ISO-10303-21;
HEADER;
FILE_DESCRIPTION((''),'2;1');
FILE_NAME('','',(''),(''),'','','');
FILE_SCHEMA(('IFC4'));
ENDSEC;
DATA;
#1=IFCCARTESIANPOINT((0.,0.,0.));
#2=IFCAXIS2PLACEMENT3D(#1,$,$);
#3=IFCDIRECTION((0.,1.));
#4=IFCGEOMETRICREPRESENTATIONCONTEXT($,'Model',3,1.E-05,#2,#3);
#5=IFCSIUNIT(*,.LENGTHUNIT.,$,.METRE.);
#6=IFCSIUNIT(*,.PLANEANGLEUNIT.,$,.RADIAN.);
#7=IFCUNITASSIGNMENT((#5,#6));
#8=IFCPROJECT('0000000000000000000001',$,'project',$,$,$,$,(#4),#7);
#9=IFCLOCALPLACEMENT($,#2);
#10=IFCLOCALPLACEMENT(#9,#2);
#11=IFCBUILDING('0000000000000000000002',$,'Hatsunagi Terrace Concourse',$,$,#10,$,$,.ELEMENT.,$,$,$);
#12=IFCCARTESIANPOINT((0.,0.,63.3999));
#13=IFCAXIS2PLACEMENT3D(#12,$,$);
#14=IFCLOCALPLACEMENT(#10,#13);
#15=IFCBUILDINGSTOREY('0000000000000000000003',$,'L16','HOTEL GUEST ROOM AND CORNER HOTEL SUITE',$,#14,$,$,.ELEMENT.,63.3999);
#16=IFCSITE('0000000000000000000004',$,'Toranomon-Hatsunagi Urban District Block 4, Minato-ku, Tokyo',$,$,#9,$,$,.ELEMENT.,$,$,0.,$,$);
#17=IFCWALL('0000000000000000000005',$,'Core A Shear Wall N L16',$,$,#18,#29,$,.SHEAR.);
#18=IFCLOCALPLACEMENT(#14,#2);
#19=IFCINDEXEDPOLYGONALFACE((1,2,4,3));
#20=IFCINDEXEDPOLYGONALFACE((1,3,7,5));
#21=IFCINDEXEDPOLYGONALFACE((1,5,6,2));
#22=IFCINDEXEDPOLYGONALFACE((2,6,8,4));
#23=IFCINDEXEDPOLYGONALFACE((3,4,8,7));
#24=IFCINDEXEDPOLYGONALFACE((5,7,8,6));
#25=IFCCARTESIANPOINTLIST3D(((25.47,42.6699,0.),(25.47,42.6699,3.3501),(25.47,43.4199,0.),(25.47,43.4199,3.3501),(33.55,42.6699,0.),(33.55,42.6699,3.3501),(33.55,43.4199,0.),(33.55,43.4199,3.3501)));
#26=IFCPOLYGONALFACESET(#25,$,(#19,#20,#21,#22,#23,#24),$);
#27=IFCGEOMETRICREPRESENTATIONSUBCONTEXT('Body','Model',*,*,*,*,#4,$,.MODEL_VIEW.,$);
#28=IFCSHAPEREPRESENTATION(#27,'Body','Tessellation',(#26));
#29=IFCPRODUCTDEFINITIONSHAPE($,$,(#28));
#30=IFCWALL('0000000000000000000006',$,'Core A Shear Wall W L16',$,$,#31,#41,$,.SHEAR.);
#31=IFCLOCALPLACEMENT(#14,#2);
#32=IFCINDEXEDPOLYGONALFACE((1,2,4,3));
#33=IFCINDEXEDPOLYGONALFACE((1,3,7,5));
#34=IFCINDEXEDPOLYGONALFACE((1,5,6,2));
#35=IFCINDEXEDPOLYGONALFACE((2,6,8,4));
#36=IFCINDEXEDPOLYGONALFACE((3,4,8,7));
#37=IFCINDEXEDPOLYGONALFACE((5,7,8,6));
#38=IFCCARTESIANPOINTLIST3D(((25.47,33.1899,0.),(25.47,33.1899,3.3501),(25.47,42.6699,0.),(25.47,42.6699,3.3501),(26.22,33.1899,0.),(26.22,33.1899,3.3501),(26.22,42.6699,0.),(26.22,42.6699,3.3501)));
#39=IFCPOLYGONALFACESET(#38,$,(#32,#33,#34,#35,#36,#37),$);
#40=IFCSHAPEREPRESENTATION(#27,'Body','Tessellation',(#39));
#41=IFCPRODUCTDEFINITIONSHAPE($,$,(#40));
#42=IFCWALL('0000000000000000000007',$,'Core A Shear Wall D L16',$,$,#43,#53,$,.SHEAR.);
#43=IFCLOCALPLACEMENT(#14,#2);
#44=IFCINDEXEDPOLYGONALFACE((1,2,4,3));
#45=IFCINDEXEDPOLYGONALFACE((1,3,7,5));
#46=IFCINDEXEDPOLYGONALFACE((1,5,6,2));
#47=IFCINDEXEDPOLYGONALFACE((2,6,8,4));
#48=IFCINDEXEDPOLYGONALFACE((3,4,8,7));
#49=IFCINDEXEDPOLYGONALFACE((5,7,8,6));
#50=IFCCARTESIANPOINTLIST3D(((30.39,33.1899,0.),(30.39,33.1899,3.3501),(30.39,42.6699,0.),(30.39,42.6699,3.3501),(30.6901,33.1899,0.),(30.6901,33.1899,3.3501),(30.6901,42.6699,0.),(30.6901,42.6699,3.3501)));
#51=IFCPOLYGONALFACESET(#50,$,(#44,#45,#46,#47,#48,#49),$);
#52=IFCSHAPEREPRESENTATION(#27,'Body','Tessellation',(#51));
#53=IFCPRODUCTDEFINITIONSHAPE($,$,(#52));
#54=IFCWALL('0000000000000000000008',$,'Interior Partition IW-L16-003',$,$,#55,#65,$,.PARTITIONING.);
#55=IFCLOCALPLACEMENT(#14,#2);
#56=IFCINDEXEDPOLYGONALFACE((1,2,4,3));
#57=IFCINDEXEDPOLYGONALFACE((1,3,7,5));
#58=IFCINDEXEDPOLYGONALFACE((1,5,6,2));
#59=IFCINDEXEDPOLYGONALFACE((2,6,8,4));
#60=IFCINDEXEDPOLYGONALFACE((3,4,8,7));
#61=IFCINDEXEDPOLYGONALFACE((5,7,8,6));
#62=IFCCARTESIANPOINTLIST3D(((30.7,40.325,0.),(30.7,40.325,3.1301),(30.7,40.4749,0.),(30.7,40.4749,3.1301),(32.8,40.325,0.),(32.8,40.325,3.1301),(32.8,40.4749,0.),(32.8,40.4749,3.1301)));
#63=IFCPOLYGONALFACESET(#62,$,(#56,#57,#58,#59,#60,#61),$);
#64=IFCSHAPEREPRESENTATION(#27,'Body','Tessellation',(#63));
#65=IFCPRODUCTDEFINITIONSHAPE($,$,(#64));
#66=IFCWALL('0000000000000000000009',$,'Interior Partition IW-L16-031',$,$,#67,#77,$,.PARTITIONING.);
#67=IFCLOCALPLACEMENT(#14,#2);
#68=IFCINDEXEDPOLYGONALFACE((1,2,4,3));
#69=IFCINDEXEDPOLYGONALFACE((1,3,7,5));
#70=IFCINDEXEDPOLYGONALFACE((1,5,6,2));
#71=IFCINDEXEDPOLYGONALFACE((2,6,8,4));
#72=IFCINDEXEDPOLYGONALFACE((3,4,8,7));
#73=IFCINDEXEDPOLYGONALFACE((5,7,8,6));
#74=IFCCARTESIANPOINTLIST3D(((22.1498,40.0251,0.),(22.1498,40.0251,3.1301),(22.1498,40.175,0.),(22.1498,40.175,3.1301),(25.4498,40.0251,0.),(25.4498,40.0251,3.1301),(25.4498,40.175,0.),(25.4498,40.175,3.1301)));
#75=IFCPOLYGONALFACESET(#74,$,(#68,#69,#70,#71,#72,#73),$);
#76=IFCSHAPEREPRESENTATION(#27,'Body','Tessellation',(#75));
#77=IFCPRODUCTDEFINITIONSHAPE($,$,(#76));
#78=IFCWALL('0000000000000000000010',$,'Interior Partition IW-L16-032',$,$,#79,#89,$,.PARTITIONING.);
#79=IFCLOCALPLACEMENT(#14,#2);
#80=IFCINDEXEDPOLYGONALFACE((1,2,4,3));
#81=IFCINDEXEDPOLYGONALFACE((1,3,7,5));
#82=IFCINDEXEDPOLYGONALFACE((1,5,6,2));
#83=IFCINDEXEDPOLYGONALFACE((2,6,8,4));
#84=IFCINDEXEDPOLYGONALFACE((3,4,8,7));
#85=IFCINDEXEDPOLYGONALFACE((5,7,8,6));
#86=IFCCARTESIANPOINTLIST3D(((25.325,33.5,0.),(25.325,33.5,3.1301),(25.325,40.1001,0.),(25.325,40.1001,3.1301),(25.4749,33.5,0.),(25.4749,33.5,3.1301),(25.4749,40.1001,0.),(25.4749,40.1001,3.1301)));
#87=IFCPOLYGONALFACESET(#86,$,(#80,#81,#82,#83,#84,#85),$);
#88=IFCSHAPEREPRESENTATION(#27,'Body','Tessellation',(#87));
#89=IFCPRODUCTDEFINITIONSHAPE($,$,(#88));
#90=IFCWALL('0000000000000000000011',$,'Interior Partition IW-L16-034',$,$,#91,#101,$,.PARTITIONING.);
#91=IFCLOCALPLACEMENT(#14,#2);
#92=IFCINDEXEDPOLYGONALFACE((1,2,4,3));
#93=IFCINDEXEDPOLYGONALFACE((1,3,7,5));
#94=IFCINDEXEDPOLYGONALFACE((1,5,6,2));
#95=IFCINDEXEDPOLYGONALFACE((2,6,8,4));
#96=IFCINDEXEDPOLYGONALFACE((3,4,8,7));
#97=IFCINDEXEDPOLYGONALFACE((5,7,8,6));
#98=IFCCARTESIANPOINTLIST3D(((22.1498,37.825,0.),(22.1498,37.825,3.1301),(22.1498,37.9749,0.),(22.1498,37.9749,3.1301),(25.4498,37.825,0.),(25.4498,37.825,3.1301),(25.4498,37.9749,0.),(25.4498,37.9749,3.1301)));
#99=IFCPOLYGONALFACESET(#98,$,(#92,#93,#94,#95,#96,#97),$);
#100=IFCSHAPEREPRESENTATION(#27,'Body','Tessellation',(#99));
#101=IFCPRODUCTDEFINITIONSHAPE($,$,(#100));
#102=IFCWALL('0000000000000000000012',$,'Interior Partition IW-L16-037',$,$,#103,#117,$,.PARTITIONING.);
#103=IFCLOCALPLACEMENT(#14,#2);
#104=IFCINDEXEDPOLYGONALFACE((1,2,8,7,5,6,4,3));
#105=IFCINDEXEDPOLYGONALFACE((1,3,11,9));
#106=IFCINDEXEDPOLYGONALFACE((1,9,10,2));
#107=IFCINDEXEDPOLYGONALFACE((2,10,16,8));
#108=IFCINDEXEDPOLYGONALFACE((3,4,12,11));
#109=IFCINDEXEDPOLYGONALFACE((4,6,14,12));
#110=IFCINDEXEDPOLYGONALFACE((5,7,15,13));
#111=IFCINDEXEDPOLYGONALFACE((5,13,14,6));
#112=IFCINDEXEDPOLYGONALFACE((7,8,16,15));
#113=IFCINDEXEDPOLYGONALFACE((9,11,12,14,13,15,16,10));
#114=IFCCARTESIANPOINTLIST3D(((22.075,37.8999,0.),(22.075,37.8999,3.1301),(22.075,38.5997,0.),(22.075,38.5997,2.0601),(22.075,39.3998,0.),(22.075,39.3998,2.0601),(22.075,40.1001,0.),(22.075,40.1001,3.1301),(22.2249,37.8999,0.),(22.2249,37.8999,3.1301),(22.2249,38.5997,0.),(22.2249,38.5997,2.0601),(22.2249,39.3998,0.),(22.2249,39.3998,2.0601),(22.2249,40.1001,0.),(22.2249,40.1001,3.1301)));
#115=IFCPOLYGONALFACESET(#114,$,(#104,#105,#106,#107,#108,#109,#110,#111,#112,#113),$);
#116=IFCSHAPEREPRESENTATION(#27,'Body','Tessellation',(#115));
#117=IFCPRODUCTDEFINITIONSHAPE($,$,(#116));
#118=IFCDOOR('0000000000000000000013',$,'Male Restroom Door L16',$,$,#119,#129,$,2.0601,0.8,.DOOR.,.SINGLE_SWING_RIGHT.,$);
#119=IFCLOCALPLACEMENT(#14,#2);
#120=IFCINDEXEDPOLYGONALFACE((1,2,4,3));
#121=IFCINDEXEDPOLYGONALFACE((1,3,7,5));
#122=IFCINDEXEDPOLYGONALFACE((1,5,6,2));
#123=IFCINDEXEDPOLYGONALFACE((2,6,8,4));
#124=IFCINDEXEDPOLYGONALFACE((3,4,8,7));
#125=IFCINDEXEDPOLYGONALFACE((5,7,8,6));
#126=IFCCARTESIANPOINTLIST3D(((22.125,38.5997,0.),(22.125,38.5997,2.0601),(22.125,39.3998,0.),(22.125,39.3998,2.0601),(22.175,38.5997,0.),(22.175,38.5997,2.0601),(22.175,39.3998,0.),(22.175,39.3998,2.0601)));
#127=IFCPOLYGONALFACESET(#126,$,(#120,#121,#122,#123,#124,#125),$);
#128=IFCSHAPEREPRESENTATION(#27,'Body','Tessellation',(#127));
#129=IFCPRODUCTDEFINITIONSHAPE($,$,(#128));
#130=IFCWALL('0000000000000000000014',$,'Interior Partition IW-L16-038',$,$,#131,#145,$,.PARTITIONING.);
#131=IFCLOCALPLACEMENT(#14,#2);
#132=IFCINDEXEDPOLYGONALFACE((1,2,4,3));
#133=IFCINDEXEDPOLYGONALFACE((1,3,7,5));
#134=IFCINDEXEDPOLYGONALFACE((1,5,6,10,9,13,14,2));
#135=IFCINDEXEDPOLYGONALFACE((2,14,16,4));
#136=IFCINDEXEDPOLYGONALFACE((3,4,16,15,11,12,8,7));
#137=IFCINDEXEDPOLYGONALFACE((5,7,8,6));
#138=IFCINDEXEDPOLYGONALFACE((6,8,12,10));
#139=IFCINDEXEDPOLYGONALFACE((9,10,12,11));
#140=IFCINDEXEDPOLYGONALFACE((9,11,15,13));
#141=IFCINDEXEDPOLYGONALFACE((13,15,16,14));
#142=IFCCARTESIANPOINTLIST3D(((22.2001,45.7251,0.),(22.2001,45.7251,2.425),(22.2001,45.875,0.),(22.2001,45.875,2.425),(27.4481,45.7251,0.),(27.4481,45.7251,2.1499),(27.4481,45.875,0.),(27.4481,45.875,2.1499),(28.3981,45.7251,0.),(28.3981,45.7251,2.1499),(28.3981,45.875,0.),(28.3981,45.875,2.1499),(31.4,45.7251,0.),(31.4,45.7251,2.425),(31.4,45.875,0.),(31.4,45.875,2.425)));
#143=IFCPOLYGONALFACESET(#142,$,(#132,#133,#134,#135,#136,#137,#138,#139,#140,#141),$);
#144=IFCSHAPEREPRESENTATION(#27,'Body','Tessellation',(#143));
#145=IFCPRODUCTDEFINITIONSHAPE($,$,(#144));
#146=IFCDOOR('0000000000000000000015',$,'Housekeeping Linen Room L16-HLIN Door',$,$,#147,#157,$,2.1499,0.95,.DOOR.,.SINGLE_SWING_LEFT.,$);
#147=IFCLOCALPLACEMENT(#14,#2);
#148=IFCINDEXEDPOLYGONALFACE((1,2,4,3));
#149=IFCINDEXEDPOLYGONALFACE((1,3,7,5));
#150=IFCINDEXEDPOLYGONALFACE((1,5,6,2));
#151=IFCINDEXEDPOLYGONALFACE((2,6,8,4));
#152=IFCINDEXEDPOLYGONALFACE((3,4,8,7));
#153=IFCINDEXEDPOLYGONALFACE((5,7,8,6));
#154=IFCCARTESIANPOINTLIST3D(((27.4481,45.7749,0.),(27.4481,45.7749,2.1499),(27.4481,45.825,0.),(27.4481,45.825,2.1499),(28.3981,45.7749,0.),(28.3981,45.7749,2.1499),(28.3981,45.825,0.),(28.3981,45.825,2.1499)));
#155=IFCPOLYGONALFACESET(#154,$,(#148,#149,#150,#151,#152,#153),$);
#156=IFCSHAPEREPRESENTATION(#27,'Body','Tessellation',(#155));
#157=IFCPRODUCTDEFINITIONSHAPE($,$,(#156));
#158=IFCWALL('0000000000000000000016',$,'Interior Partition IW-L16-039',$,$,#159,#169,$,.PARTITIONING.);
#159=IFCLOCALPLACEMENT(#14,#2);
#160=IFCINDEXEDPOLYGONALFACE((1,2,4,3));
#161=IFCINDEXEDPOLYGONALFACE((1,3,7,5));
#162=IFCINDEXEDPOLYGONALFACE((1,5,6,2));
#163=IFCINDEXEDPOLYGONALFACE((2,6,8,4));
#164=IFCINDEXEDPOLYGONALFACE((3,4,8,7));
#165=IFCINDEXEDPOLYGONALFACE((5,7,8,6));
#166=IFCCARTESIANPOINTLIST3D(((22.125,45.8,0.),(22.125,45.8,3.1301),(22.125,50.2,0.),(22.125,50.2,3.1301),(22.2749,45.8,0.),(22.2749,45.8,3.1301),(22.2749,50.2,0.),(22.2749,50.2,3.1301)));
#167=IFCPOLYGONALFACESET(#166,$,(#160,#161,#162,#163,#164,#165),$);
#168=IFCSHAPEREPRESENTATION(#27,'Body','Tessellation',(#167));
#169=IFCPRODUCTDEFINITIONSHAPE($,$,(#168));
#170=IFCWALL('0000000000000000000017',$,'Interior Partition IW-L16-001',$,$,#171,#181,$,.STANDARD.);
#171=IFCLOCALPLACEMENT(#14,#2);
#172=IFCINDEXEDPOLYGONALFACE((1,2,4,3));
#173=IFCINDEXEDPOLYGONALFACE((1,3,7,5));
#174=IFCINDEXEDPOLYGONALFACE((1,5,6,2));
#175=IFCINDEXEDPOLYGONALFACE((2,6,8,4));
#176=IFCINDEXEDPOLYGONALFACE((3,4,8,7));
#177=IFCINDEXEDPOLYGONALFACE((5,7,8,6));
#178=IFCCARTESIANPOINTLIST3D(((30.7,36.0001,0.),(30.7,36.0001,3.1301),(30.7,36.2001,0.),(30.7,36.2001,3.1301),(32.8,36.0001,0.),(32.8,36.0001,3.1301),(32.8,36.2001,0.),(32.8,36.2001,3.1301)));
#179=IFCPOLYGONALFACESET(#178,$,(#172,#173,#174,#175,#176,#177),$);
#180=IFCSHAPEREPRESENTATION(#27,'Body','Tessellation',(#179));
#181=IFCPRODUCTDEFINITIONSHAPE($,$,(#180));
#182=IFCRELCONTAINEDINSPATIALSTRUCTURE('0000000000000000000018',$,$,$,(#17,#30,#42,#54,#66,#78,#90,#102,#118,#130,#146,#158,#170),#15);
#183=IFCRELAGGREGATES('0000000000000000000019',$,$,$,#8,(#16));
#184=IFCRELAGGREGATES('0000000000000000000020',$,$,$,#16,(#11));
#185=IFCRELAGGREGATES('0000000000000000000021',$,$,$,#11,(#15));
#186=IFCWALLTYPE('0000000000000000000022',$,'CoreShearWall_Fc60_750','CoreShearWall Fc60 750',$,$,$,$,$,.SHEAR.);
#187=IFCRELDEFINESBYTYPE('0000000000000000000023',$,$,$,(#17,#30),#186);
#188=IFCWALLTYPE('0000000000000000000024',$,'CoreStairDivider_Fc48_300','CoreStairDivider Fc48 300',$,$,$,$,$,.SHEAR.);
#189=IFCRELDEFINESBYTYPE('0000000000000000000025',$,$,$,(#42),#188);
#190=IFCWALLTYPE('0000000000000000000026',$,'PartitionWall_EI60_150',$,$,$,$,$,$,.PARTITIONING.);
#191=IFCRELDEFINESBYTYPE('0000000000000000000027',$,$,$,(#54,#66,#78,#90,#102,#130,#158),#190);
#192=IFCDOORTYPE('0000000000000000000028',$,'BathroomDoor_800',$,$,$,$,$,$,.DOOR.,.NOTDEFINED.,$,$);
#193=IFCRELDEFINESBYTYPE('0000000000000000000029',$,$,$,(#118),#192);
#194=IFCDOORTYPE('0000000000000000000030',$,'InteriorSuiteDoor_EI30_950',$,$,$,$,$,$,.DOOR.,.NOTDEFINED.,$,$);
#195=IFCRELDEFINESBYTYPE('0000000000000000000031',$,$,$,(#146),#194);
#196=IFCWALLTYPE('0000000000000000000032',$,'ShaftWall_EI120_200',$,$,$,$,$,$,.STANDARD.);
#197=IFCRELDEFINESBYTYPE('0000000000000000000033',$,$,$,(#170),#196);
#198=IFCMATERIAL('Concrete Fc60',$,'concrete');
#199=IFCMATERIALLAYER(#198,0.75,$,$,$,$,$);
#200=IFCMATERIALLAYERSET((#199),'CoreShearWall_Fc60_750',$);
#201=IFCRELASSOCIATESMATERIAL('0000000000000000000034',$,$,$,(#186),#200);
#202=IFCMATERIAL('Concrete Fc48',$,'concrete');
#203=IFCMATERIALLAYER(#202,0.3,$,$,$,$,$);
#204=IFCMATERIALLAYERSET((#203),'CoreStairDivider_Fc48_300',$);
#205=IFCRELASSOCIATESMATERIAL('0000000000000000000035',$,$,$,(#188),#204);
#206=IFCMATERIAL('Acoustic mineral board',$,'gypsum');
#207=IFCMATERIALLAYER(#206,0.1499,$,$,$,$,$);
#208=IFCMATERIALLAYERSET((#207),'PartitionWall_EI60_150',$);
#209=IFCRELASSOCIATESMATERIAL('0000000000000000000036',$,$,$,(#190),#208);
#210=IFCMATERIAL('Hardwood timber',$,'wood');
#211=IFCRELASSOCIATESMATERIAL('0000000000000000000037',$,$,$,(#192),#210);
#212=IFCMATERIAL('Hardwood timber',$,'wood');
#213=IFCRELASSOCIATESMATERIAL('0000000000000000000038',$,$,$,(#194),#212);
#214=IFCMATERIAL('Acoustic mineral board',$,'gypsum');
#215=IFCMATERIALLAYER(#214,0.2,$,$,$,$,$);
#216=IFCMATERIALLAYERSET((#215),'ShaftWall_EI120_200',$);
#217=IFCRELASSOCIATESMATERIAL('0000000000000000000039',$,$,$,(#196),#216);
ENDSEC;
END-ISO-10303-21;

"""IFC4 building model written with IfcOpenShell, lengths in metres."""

from ifc_helpers import new_model, si_unit, direction, frame, frame_2d, origin, place, context, subcontext, project, spatial, rectangle, extrude, material, layer, layer_set, type_object, element, fill, save


model = new_model("IFC4")

# Units and contexts
model_context = context("Model", 3, precision=1e-05, world=origin(), true_north=direction((0.0, 1.0)))
body_context = subcontext(model_context, "Body", "Model", "MODEL_VIEW")
ifc_project = project(units=[si_unit("LENGTHUNIT", "METRE"), si_unit("PLANEANGLEUNIT", "RADIAN")], contexts=[model_context])

# Site, building, storey
site_placement = place(None, origin())
site = spatial("IfcSite", under=ifc_project, at=site_placement, Name="Toranomon-Hatsunagi Urban District Block 4, Minato-ku, Tokyo", CompositionType="ELEMENT", RefElevation=0.0)
building_placement = place(site_placement, origin())
building = spatial("IfcBuilding", under=site, at=building_placement, Name="Hatsunagi Terrace Concourse", CompositionType="ELEMENT")
storey_placement = place(building_placement, frame((0.0, 0.0, 63.3999)))
storey = spatial("IfcBuildingStorey", under=building, at=storey_placement, Name="L16", Description="HOTEL GUEST ROOM AND CORNER HOTEL SUITE", CompositionType="ELEMENT", Elevation=63.3999)

# Walls
ifc_material_1 = material(Name="Concrete Fc60", Category="concrete")
ifc_layer_1 = layer(ifc_material_1, 0.75)
ifc_layer_set_1 = layer_set([ifc_layer_1], Name="CoreShearWall_Fc60_750")
wall_type_1 = type_object("IfcWallType", Name="CoreShearWall_Fc60_750", Description="CoreShearWall Fc60 750", PredefinedType="SHEAR", material=ifc_layer_set_1)
wall_1_placement = place(storey_placement, frame((25.47, 43.0449, 0.0), z_axis=(0.0, 0.0, 1.0), x_axis=(1.0, 0.0, 0.0)))
element("IfcWall", 1, at=wall_1_placement, inside=storey, type_object=wall_type_1, Name="Core A Shear Wall N L16", PredefinedType="SHEAR", context=body_context, shape_type="SweptSolid", body=[
    extrude(rectangle(XDim=8.0801, YDim=0.75, at=frame_2d((4.04, 0.0))), origin(), (0.0, 0.0, 1.0), 3.3501),
])
wall_2_placement = place(storey_placement, frame((25.845, 33.1899, 0.0), z_axis=(0.0, 0.0, 1.0), x_axis=(0.0, 1.0, 0.0)))
element("IfcWall", 2, at=wall_2_placement, inside=storey, type_object=wall_type_1, Name="Core A Shear Wall W L16", PredefinedType="SHEAR", context=body_context, shape_type="SweptSolid", body=[
    extrude(rectangle(XDim=9.48, YDim=0.75, at=frame_2d((4.74, 0.0))), origin(), (0.0, 0.0, 1.0), 3.3501),
])
ifc_material_2 = material(Name="Concrete Fc48", Category="concrete")
ifc_layer_2 = layer(ifc_material_2, 0.3)
ifc_layer_set_2 = layer_set([ifc_layer_2], Name="CoreStairDivider_Fc48_300")
wall_type_2 = type_object("IfcWallType", Name="CoreStairDivider_Fc48_300", Description="CoreStairDivider Fc48 300", PredefinedType="SHEAR", material=ifc_layer_set_2)
wall_3_placement = place(storey_placement, frame((30.54, 33.1899, 0.0), z_axis=(0.0, 0.0, 1.0), x_axis=(0.0, 1.0, 0.0)))
element("IfcWall", 3, at=wall_3_placement, inside=storey, type_object=wall_type_2, Name="Core A Shear Wall D L16", PredefinedType="SHEAR", context=body_context, shape_type="SweptSolid", body=[
    extrude(rectangle(XDim=9.48, YDim=0.3, at=frame_2d((4.74, 0.0))), origin(), (0.0, 0.0, 1.0), 3.3501),
])
ifc_material_3 = material(Name="Acoustic mineral board", Category="gypsum")
ifc_layer_3 = layer(ifc_material_3, 0.1499)
ifc_layer_set_3 = layer_set([ifc_layer_3], Name="PartitionWall_EI60_150")
wall_type_3 = type_object("IfcWallType", Name="PartitionWall_EI60_150", PredefinedType="PARTITIONING", material=ifc_layer_set_3)
wall_4_placement = place(storey_placement, frame((30.7, 40.3999, 0.0), z_axis=(0.0, 0.0, 1.0), x_axis=(1.0, 0.0, 0.0)))
element("IfcWall", 4, at=wall_4_placement, inside=storey, type_object=wall_type_3, Name="Interior Partition IW-L16-003", PredefinedType="PARTITIONING", context=body_context, shape_type="SweptSolid", body=[
    extrude(rectangle(XDim=2.1001, YDim=0.1499, at=frame_2d((1.05, 0.0))), origin(), (0.0, 0.0, 1.0), 3.1301),
])
wall_5_placement = place(storey_placement, frame((22.1499, 40.1001, 0.0), z_axis=(0.0, 0.0, 1.0), x_axis=(1.0, 0.0, 0.0)))
element("IfcWall", 5, at=wall_5_placement, inside=storey, type_object=wall_type_3, Name="Interior Partition IW-L16-031", PredefinedType="PARTITIONING", context=body_context, shape_type="SweptSolid", body=[
    extrude(rectangle(XDim=3.3, YDim=0.1499, at=frame_2d((1.6499, 0.0))), origin(), (0.0, 0.0, 1.0), 3.1301),
])
wall_6_placement = place(storey_placement, frame((25.3999, 33.5, 0.0), z_axis=(0.0, 0.0, 1.0), x_axis=(0.0, 1.0, 0.0)))
element("IfcWall", 6, at=wall_6_placement, inside=storey, type_object=wall_type_3, Name="Interior Partition IW-L16-032", PredefinedType="PARTITIONING", context=body_context, shape_type="SweptSolid", body=[
    extrude(rectangle(XDim=6.6001, YDim=0.1499, at=frame_2d((3.3, 0.0))), origin(), (0.0, 0.0, 1.0), 3.1301),
])
wall_7_placement = place(storey_placement, frame((22.1499, 37.8999, 0.0), z_axis=(0.0, 0.0, 1.0), x_axis=(1.0, 0.0, 0.0)))
element("IfcWall", 7, at=wall_7_placement, inside=storey, type_object=wall_type_3, Name="Interior Partition IW-L16-034", PredefinedType="PARTITIONING", context=body_context, shape_type="SweptSolid", body=[
    extrude(rectangle(XDim=3.3, YDim=0.1499, at=frame_2d((1.6499, 0.0))), origin(), (0.0, 0.0, 1.0), 3.1301),
])

# Walls, openings, doors
wall_8_placement = place(storey_placement, frame((22.1499, 37.8999, 0.0), z_axis=(0.0, 0.0, 1.0), x_axis=(0.0, 1.0, 0.0)))
wall_8 = element("IfcWall", 8, at=wall_8_placement, inside=storey, type_object=wall_type_3, Name="Interior Partition IW-L16-037", PredefinedType="PARTITIONING", context=body_context, shape_type="SweptSolid", body=[
    extrude(rectangle(XDim=2.2002, YDim=0.1499, at=frame_2d((1.1001, 0.0))), origin(), (0.0, 0.0, 1.0), 3.1301),
])
opening_1_placement = place(wall_8_placement, frame((0.7, 0.0, 0.0)))
opening_1 = element("IfcOpeningElement", 9, at=opening_1_placement, cuts=wall_8, PredefinedType="OPENING", context=body_context, shape_type="SweptSolid", body=[
    extrude(rectangle(XDim=0.8, YDim=2.0601, at=frame_2d((0.3999, 1.03))), frame((0.0, 0.085, 0.0), z_axis=(0.0, -1.0, 0.0), x_axis=(1.0, 0.0, 0.0)), (0.0, 0.0, 1.0), 0.1699),
])
ifc_material_4 = material(Name="Hardwood timber", Category="wood")
door_type_1 = type_object("IfcDoorType", Name="BathroomDoor_800", OperationType="NOTDEFINED", PredefinedType="DOOR", material=ifc_material_4)
door_1_placement = place(opening_1_placement, origin())
door_1 = element("IfcDoor", 10, at=door_1_placement, inside=storey, type_object=door_type_1, Name="Male Restroom Door L16", OperationType="SINGLE_SWING_RIGHT", OverallHeight=2.0601, OverallWidth=0.8, PredefinedType="DOOR", context=body_context, shape_type="SweptSolid", body=[
    extrude(rectangle(XDim=0.8, YDim=2.0601, at=frame_2d((0.3999, 1.03))), frame((0.0, 0.0249, 0.0), z_axis=(0.0, -1.0, 0.0), x_axis=(1.0, 0.0, 0.0)), (0.0, 0.0, 1.0), 0.05),
])
fill(opening_1, door_1)
wall_9_placement = place(storey_placement, frame((22.2, 45.8, 0.0), z_axis=(0.0, 0.0, 1.0), x_axis=(1.0, 0.0, 0.0)))
wall_9 = element("IfcWall", 11, at=wall_9_placement, inside=storey, type_object=wall_type_3, Name="Interior Partition IW-L16-038", PredefinedType="PARTITIONING", context=body_context, shape_type="SweptSolid", body=[
    extrude(rectangle(XDim=9.2, YDim=0.1499, at=frame_2d((4.6001, 0.0))), origin(), (0.0, 0.0, 1.0), 2.425),
])
opening_2_placement = place(wall_9_placement, frame((5.248, 0.0, 0.0)))
opening_2 = element("IfcOpeningElement", 12, at=opening_2_placement, cuts=wall_9, PredefinedType="OPENING", context=body_context, shape_type="SweptSolid", body=[
    extrude(rectangle(XDim=0.95, YDim=2.1499, at=frame_2d((0.4751, 1.075))), frame((0.0, 0.085, 0.0), z_axis=(0.0, -1.0, 0.0), x_axis=(1.0, 0.0, 0.0)), (0.0, 0.0, 1.0), 0.1699),
])
ifc_material_5 = material(Name="Hardwood timber", Category="wood")
door_type_2 = type_object("IfcDoorType", Name="InteriorSuiteDoor_EI30_950", OperationType="NOTDEFINED", PredefinedType="DOOR", material=ifc_material_5)
door_2_placement = place(opening_2_placement, origin())
door_2 = element("IfcDoor", 13, at=door_2_placement, inside=storey, type_object=door_type_2, Name="Housekeeping Linen Room L16-HLIN Door", OperationType="SINGLE_SWING_LEFT", OverallHeight=2.1499, OverallWidth=0.95, PredefinedType="DOOR", context=body_context, shape_type="SweptSolid", body=[
    extrude(rectangle(XDim=0.95, YDim=2.1499, at=frame_2d((0.4751, 1.075))), frame((0.0, 0.0249, 0.0), z_axis=(0.0, -1.0, 0.0), x_axis=(1.0, 0.0, 0.0)), (0.0, 0.0, 1.0), 0.05),
])
fill(opening_2, door_2)

# Walls
wall_10_placement = place(storey_placement, frame((22.2, 45.8, 0.0), z_axis=(0.0, 0.0, 1.0), x_axis=(0.0, 1.0, 0.0)))
element("IfcWall", 14, at=wall_10_placement, inside=storey, type_object=wall_type_3, Name="Interior Partition IW-L16-039", PredefinedType="PARTITIONING", context=body_context, shape_type="SweptSolid", body=[
    extrude(rectangle(XDim=4.3999, YDim=0.1499, at=frame_2d((2.2, 0.0))), origin(), (0.0, 0.0, 1.0), 3.1301),
])
ifc_material_6 = material(Name="Acoustic mineral board", Category="gypsum")
ifc_layer_4 = layer(ifc_material_6, 0.2)
ifc_layer_set_4 = layer_set([ifc_layer_4], Name="ShaftWall_EI120_200")
wall_type_4 = type_object("IfcWallType", Name="ShaftWall_EI120_200", PredefinedType="STANDARD", material=ifc_layer_set_4)
wall_11_placement = place(storey_placement, frame((30.7, 36.1001, 0.0), z_axis=(0.0, 0.0, 1.0), x_axis=(1.0, 0.0, 0.0)))
element("IfcWall", 15, at=wall_11_placement, inside=storey, type_object=wall_type_4, Name="Interior Partition IW-L16-001", PredefinedType="STANDARD", context=body_context, shape_type="SweptSolid", body=[
    extrude(rectangle(XDim=2.1001, YDim=0.2, at=frame_2d((1.05, 0.0))), origin(), (0.0, 0.0, 1.0), 3.1301),
])

save(model, "model.ifc")
